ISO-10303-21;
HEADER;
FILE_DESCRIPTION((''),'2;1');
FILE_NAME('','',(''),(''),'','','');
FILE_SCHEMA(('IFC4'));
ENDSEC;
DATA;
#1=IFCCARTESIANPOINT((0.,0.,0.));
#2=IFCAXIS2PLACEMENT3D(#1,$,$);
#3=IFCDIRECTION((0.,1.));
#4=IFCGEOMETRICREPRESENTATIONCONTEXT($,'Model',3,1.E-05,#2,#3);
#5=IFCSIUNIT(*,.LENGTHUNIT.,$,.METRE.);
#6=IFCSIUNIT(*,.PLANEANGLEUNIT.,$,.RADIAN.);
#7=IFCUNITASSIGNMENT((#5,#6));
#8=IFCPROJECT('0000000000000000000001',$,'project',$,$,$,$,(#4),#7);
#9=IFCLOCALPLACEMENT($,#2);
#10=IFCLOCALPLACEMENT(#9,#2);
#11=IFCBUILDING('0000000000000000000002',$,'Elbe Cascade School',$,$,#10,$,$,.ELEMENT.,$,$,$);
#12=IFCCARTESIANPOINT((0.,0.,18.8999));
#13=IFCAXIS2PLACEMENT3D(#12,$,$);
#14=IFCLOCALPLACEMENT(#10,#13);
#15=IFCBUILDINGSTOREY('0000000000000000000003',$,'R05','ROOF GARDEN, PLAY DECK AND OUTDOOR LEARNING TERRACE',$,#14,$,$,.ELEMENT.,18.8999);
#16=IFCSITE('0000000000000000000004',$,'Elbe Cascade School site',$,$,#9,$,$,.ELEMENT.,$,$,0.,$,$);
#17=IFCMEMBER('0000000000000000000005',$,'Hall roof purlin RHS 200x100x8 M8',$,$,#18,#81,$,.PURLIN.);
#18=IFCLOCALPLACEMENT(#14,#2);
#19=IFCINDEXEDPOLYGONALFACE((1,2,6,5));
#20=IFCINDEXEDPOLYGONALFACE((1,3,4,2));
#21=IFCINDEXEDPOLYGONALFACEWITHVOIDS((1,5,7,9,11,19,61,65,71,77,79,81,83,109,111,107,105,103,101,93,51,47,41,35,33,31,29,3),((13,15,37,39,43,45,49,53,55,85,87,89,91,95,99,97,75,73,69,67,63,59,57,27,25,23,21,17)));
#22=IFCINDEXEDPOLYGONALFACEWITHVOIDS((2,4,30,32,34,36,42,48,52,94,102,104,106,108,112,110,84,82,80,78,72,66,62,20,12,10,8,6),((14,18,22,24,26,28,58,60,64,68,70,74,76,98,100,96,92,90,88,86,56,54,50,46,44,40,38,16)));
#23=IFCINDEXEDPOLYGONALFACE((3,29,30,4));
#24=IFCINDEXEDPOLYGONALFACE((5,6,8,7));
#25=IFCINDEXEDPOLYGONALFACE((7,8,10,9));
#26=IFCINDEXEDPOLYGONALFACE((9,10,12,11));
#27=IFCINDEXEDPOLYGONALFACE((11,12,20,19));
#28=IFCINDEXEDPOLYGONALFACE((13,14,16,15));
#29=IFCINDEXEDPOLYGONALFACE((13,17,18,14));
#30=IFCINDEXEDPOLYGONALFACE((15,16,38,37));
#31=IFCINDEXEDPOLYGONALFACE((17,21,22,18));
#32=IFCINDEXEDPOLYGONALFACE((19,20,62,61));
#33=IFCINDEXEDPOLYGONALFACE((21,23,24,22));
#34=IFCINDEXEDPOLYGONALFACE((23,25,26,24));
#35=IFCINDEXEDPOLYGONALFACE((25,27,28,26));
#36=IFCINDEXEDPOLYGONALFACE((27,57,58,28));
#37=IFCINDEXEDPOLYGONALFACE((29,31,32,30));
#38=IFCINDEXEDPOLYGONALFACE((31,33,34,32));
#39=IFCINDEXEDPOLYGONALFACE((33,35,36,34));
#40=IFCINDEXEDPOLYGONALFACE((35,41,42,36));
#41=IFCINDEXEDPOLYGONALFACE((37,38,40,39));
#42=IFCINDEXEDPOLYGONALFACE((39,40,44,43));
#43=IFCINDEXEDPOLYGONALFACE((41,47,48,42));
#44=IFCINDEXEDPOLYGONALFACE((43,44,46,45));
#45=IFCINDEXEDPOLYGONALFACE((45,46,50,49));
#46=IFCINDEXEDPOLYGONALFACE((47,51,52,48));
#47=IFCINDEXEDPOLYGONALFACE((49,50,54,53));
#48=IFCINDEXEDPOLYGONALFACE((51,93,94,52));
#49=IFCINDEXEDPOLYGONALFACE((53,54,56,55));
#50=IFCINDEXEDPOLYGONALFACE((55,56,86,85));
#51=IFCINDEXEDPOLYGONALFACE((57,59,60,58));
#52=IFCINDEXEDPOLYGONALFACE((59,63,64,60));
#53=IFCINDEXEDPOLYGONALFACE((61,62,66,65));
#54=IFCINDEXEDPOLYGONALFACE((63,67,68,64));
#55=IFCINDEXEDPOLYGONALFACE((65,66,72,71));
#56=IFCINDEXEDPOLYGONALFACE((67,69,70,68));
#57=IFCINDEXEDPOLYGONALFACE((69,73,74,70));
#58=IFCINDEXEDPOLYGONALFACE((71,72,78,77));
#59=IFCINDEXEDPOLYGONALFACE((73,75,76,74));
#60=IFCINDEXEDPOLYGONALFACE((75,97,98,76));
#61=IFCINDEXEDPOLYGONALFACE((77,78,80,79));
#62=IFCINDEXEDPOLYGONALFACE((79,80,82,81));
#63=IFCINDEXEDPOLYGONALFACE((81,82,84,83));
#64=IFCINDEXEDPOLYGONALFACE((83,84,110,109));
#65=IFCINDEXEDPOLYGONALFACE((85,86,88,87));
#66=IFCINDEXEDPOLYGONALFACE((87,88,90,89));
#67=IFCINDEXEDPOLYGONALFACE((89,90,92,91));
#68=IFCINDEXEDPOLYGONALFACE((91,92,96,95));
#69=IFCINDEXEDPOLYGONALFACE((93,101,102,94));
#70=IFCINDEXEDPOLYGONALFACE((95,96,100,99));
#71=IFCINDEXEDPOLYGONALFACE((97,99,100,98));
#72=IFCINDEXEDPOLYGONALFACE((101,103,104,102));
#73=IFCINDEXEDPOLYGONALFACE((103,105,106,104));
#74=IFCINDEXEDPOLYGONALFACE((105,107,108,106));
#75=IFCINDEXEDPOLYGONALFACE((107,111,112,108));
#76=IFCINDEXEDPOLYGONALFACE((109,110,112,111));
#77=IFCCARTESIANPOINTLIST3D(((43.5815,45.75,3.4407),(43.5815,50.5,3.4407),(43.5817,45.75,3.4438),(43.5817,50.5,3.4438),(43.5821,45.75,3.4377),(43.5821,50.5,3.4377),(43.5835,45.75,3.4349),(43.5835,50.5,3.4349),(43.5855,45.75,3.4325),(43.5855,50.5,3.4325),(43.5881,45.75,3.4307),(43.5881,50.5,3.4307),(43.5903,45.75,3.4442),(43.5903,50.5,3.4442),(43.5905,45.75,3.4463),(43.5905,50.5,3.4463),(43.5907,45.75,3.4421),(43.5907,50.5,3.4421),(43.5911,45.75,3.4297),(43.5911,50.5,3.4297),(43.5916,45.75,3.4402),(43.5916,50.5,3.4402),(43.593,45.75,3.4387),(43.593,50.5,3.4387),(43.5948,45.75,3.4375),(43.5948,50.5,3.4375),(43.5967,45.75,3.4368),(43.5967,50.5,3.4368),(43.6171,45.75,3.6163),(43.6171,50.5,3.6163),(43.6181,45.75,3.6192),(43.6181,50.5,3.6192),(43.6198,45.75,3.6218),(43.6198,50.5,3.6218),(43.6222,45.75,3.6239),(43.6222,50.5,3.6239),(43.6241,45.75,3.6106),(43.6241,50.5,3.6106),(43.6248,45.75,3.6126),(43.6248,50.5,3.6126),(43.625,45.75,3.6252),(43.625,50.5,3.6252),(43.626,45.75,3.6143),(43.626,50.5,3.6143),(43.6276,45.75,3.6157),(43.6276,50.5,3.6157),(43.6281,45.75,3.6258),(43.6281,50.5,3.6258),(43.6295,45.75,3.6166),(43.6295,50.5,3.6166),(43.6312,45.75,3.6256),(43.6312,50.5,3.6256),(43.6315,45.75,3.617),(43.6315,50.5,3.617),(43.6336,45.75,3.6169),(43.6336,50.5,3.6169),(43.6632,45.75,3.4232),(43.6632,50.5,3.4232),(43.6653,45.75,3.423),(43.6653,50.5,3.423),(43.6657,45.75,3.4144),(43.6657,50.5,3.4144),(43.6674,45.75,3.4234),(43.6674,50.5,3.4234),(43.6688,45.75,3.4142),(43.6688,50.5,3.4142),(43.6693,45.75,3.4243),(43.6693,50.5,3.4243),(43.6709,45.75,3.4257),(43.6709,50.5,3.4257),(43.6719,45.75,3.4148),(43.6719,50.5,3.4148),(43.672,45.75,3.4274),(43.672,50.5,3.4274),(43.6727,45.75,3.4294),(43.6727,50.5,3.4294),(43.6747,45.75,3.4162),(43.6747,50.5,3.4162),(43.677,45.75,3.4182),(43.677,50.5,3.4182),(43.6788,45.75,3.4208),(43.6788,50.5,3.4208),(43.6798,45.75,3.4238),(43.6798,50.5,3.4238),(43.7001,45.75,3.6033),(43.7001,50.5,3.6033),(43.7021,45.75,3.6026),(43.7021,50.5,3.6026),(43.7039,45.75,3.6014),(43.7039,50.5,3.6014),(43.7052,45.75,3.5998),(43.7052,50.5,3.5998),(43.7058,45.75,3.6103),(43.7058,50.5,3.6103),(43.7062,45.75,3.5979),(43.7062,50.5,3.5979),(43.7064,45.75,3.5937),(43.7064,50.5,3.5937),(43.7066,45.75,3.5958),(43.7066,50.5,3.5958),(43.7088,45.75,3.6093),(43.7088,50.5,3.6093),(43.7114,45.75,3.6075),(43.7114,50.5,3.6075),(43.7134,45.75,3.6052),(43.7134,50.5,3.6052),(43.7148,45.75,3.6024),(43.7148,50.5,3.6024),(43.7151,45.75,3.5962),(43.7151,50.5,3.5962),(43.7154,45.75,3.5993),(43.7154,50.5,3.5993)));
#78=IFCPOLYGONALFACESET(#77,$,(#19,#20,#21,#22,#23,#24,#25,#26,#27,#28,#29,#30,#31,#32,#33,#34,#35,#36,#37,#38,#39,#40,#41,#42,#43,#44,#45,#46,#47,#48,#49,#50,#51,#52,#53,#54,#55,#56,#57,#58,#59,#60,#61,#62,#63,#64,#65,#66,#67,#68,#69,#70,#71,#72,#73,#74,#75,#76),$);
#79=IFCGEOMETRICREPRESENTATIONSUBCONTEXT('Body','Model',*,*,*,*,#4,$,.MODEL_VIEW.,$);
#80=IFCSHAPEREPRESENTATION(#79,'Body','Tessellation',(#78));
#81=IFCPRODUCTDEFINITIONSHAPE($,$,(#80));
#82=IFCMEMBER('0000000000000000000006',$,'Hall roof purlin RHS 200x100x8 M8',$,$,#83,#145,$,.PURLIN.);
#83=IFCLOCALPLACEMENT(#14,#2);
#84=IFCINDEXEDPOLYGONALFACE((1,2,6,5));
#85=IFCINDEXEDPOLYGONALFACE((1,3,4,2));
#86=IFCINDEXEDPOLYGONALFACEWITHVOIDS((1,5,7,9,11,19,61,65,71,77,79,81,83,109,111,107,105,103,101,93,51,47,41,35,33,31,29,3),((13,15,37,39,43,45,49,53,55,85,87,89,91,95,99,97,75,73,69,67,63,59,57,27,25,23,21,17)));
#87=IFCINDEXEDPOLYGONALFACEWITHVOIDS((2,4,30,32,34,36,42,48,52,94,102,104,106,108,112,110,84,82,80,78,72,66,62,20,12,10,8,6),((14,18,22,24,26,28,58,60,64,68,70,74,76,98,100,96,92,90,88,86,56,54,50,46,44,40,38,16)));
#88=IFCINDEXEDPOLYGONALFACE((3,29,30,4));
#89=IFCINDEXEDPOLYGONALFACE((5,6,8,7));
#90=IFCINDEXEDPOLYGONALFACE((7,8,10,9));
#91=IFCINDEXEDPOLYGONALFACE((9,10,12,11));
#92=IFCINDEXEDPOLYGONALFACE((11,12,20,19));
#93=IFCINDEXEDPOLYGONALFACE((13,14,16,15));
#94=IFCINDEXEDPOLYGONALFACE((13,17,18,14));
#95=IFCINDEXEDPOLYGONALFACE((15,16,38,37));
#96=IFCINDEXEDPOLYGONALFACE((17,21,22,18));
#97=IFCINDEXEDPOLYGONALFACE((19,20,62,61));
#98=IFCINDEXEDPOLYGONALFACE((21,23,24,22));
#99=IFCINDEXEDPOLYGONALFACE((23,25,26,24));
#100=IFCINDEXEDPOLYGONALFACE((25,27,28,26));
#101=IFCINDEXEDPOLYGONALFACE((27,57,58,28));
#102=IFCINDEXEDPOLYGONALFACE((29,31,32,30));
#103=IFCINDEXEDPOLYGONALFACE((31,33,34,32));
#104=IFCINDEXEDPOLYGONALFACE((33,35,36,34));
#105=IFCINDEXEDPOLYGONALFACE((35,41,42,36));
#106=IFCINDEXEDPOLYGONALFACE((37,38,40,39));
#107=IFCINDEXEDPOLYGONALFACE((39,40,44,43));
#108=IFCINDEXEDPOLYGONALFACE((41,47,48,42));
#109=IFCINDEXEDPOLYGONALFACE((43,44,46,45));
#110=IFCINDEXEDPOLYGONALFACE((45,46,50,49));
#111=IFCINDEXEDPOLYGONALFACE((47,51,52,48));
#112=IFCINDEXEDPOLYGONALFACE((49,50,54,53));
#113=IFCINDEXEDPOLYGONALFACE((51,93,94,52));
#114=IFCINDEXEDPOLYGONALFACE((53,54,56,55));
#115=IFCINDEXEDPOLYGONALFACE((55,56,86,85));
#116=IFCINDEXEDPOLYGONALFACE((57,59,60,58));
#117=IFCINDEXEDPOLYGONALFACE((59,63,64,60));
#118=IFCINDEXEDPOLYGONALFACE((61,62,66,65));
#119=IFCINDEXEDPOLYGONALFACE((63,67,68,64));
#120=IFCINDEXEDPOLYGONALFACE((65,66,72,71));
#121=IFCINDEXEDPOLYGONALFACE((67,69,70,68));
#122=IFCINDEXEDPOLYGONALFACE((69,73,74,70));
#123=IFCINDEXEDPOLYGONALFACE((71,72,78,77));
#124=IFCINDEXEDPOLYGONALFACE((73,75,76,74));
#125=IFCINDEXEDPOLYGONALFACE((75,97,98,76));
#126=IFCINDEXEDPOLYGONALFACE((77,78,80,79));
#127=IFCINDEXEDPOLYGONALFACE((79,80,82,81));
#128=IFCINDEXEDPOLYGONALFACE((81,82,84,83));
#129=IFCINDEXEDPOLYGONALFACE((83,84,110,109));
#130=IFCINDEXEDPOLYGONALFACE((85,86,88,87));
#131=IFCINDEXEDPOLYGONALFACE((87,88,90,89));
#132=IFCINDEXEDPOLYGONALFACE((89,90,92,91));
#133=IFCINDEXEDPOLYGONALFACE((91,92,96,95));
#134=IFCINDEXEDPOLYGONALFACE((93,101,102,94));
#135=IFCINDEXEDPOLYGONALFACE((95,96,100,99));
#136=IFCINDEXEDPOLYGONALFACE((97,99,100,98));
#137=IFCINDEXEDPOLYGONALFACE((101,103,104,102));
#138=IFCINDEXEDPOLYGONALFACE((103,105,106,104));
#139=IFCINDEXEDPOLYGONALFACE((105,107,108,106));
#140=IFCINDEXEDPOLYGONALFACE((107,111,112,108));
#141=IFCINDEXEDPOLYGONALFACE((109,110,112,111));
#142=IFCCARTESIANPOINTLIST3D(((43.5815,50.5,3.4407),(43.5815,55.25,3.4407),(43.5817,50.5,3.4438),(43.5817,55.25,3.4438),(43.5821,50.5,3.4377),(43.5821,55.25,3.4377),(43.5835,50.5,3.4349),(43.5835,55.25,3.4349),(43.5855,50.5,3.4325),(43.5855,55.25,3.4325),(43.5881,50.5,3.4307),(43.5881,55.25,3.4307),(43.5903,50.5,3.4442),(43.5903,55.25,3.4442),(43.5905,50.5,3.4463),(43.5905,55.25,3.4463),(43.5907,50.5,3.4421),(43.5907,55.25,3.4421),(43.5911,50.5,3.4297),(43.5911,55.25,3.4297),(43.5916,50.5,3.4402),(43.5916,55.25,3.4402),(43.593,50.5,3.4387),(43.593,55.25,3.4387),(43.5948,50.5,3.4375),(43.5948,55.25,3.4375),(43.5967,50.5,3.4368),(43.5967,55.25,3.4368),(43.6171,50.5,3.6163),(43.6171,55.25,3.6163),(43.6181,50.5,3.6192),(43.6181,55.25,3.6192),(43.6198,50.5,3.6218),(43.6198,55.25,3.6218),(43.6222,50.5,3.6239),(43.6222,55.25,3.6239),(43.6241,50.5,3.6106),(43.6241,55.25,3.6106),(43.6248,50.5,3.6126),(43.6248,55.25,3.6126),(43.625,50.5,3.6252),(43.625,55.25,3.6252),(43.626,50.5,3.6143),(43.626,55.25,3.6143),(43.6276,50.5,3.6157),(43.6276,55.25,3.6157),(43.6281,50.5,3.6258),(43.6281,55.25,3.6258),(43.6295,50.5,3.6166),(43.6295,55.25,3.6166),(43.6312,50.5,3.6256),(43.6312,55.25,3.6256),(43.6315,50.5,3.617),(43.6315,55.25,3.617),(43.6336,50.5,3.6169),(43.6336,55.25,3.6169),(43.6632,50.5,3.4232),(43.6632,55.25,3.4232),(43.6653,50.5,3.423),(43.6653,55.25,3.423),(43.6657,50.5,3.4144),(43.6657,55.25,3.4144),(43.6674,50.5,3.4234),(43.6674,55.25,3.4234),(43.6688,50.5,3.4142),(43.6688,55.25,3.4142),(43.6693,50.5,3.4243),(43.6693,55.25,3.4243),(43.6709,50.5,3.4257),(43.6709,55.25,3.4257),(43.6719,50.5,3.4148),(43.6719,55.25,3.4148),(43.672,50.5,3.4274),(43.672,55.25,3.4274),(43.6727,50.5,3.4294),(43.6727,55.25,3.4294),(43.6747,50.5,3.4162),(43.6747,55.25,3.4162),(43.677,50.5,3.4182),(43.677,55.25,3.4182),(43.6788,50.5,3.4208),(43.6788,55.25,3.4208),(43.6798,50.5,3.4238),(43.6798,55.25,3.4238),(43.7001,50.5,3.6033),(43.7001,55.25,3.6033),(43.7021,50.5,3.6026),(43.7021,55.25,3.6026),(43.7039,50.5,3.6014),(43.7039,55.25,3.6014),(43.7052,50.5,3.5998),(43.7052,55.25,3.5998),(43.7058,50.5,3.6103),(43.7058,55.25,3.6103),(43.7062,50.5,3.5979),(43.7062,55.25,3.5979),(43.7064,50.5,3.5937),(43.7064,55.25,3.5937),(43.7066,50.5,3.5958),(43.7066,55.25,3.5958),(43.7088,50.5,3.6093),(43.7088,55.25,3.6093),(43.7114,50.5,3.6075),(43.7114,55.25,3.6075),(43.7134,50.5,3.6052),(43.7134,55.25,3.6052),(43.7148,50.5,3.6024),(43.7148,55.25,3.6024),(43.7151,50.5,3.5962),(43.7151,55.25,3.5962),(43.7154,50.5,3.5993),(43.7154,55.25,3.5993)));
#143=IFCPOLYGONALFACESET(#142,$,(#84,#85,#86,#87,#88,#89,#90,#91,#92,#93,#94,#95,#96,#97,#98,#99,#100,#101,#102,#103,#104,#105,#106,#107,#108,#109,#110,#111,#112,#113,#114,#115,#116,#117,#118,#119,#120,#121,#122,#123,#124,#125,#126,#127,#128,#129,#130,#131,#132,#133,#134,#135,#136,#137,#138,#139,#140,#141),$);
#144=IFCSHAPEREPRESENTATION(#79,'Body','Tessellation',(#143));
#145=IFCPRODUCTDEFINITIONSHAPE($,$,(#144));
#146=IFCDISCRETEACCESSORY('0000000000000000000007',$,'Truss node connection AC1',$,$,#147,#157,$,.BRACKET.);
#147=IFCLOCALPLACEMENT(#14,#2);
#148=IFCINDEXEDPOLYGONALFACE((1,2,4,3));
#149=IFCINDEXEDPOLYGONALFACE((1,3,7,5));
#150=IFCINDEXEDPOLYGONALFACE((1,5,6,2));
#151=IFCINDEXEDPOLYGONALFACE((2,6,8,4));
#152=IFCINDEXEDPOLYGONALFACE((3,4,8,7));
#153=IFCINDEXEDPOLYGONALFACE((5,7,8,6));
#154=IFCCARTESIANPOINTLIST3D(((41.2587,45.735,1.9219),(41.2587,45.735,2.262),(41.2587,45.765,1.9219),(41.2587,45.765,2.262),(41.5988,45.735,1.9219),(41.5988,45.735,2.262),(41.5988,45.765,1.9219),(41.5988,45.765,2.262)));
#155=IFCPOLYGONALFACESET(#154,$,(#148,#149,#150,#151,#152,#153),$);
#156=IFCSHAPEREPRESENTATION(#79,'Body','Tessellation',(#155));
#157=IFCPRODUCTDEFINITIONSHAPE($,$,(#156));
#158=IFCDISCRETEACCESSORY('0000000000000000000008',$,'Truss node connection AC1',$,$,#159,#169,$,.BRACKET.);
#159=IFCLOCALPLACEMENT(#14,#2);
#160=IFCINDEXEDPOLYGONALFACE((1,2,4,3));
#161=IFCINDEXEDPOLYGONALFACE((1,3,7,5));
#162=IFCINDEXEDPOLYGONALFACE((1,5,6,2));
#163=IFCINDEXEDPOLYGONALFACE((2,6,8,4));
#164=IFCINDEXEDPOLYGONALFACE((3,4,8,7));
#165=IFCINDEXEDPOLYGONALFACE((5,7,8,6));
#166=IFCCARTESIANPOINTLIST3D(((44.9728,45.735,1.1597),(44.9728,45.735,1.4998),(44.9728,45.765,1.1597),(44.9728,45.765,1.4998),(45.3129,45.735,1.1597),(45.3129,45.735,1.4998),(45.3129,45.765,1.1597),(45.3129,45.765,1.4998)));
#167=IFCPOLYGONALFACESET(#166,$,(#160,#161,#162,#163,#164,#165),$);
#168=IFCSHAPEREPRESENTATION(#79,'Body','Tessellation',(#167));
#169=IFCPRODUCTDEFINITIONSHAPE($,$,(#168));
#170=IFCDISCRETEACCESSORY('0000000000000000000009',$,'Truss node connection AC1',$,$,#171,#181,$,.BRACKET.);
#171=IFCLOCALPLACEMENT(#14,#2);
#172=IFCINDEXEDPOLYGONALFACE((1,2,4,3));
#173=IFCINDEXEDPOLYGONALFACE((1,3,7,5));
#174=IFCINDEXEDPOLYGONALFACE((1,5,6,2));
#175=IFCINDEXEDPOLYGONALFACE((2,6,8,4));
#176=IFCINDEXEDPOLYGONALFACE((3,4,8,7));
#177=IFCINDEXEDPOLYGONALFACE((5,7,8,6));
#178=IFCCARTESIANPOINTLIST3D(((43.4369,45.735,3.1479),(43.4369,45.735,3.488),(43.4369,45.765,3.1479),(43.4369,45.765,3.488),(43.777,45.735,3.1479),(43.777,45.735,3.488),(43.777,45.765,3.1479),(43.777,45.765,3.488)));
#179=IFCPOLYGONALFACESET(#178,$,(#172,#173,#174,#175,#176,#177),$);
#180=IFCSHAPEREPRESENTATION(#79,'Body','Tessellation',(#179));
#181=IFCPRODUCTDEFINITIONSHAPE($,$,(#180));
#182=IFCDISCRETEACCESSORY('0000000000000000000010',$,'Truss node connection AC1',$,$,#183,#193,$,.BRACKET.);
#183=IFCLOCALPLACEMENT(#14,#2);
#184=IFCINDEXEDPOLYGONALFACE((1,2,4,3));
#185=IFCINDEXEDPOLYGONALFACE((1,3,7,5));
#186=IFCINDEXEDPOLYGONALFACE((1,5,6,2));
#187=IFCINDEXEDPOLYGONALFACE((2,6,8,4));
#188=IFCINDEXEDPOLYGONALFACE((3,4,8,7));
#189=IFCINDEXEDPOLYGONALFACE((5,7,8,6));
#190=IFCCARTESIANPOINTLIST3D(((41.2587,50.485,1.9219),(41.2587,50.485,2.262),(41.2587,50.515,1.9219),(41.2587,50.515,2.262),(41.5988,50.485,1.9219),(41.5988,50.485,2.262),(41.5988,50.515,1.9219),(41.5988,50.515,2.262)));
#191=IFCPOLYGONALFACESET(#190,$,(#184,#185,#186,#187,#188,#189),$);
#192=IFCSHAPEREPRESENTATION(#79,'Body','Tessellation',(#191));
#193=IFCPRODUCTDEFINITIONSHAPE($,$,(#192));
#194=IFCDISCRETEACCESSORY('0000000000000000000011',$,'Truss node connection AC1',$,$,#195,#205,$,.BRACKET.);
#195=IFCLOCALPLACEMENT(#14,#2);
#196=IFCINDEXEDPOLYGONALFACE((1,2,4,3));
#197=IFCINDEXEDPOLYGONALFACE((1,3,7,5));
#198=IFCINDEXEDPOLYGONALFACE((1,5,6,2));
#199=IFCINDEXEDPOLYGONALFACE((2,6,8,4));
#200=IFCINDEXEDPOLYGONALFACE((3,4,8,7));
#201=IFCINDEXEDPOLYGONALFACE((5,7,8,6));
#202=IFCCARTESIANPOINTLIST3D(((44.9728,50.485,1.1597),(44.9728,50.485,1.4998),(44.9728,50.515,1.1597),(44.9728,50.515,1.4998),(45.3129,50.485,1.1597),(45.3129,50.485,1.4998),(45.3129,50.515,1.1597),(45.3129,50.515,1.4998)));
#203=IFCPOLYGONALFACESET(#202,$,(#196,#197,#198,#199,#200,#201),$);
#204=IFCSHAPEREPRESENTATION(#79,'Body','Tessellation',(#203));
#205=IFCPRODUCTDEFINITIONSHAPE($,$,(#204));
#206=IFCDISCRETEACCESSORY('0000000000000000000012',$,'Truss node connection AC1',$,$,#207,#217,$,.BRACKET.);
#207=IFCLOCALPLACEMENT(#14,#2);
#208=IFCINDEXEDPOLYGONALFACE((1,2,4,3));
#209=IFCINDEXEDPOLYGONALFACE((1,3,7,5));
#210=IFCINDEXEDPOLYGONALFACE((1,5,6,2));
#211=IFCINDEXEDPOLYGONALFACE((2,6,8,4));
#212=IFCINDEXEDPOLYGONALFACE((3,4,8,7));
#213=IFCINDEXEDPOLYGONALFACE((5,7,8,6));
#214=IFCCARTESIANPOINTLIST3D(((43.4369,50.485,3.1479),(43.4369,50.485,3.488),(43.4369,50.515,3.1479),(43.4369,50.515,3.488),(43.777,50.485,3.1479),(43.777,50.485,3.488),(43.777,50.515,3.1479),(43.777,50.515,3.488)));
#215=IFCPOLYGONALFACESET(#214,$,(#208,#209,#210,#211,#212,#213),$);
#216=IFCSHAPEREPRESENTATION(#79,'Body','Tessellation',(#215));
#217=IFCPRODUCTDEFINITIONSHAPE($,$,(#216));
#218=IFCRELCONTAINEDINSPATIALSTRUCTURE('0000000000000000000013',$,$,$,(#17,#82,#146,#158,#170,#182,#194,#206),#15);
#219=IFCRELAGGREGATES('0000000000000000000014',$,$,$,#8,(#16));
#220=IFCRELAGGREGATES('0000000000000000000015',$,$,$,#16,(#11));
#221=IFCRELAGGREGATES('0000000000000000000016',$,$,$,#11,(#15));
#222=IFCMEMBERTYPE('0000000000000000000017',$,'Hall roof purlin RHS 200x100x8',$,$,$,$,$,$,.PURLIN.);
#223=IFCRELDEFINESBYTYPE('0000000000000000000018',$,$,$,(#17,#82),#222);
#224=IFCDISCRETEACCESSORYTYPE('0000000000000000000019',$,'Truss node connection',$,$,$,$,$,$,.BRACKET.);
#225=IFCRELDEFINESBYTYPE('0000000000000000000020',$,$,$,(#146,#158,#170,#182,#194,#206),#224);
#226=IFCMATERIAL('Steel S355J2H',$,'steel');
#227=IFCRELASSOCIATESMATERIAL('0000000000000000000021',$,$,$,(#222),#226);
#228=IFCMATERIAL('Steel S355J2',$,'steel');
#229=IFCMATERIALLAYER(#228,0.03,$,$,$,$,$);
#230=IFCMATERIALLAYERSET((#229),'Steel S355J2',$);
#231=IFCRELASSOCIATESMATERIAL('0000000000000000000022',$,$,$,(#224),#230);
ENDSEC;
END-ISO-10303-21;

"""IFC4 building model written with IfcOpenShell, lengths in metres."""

from ifc_helpers import new_model, si_unit, direction, frame, origin, origin_2d, place, context, subcontext, project, spatial, rectangle, hollow_rectangle, extrude, material, layer, layer_set, material_profile, profile_set, type_object, element, save


model = new_model("IFC4")

# Units and contexts
model_context = context("Model", 3, precision=1e-05, world=origin(), true_north=direction((0.0, 1.0)))
body_context = subcontext(model_context, "Body", "Model", "MODEL_VIEW")
ifc_project = project(units=[si_unit("LENGTHUNIT", "METRE"), si_unit("PLANEANGLEUNIT", "RADIAN")], contexts=[model_context])

# Site, building, storey
site_placement = place(None, origin())
site = spatial("IfcSite", under=ifc_project, at=site_placement, Name="Elbe Cascade School site", CompositionType="ELEMENT", RefElevation=0.0)
building_placement = place(site_placement, origin())
building = spatial("IfcBuilding", under=site, at=building_placement, Name="Elbe Cascade School", CompositionType="ELEMENT")
storey_placement = place(building_placement, frame((0.0, 0.0, 18.8999)))
storey = spatial("IfcBuildingStorey", under=building, at=storey_placement, Name="R05", Description="ROOF GARDEN, PLAY DECK AND OUTDOOR LEARNING TERRACE", CompositionType="ELEMENT", Elevation=18.8999)

# Members
ifc_material_1 = material(Name="Steel S355J2H", Category="steel")
ifc_material_profile_1 = material_profile(ifc_material_1, hollow_rectangle(XDim=0.1001, YDim=0.2, WallThickness=0.0081, InnerFilletRadius=0.0081, OuterFilletRadius=0.012, at=origin_2d()), Name="RHS 200x100x8")
ifc_profile_set_1 = profile_set([ifc_material_profile_1], Name="Steel S355J2H")
member_type_1 = type_object("IfcMemberType", Name="Hall roof purlin RHS 200x100x8", PredefinedType="PURLIN", material=ifc_profile_set_1)
for number, where, z_axis, x_axis, name in (
    (1, (43.6484, 45.75, 3.52), (0.0, 1.0, 0.0), (-0.979638, 0.0, 0.200772), "Hall roof purlin RHS 200x100x8 M8"),
    (2, (43.6484, 50.5, 3.52), (0.0, 1.0, 0.0), (-0.979638, 0.0, 0.200772), "Hall roof purlin RHS 200x100x8 M8"),
):
    element("IfcMember", number, at=place(storey_placement, frame(where, z_axis=z_axis, x_axis=x_axis)), inside=storey, type_object=member_type_1, Name=name, PredefinedType="PURLIN", context=body_context, shape_type="SweptSolid", body=[
        extrude(hollow_rectangle(XDim=0.1001, YDim=0.2, WallThickness=0.0081, InnerFilletRadius=0.0081, OuterFilletRadius=0.012, at=origin_2d()), origin(), (0.0, 0.0, 1.0), 4.75),
    ])

# Discrete accessories
ifc_material_2 = material(Name="Steel S355J2", Category="steel")
ifc_layer = layer(ifc_material_2, 0.03)
ifc_layer_set = layer_set([ifc_layer], Name="Steel S355J2")
discrete_accessory_type = type_object("IfcDiscreteAccessoryType", Name="Truss node connection", PredefinedType="BRACKET", material=ifc_layer_set)
for number, where, z_axis, x_axis, name in (
    (3, (41.4287, 45.75, 1.9219), (0.0, 0.0, 1.0), (1.0, 0.0, 0.0), "Truss node connection AC1"),
    (4, (45.1428, 45.75, 1.1597), (0.0, 0.0, 1.0), (1.0, 0.0, 0.0), "Truss node connection AC1"),
    (5, (43.6069, 45.75, 3.1479), (0.0, 0.0, 1.0), (1.0, 0.0, 0.0), "Truss node connection AC1"),
    (6, (41.4287, 50.5, 1.9219), (0.0, 0.0, 1.0), (1.0, 0.0, 0.0), "Truss node connection AC1"),
    (7, (45.1428, 50.5, 1.1597), (0.0, 0.0, 1.0), (1.0, 0.0, 0.0), "Truss node connection AC1"),
    (8, (43.6069, 50.5, 3.1479), (0.0, 0.0, 1.0), (1.0, 0.0, 0.0), "Truss node connection AC1"),
):
    element("IfcDiscreteAccessory", number, at=place(storey_placement, frame(where, z_axis=z_axis, x_axis=x_axis)), inside=storey, type_object=discrete_accessory_type, Name=name, PredefinedType="BRACKET", context=body_context, shape_type="SweptSolid", body=[
        extrude(rectangle(XDim=0.3401, YDim=0.03, at=origin_2d()), origin(), (0.0, 0.0, 1.0), 0.3401),
    ])

save(model, "model.ifc")
